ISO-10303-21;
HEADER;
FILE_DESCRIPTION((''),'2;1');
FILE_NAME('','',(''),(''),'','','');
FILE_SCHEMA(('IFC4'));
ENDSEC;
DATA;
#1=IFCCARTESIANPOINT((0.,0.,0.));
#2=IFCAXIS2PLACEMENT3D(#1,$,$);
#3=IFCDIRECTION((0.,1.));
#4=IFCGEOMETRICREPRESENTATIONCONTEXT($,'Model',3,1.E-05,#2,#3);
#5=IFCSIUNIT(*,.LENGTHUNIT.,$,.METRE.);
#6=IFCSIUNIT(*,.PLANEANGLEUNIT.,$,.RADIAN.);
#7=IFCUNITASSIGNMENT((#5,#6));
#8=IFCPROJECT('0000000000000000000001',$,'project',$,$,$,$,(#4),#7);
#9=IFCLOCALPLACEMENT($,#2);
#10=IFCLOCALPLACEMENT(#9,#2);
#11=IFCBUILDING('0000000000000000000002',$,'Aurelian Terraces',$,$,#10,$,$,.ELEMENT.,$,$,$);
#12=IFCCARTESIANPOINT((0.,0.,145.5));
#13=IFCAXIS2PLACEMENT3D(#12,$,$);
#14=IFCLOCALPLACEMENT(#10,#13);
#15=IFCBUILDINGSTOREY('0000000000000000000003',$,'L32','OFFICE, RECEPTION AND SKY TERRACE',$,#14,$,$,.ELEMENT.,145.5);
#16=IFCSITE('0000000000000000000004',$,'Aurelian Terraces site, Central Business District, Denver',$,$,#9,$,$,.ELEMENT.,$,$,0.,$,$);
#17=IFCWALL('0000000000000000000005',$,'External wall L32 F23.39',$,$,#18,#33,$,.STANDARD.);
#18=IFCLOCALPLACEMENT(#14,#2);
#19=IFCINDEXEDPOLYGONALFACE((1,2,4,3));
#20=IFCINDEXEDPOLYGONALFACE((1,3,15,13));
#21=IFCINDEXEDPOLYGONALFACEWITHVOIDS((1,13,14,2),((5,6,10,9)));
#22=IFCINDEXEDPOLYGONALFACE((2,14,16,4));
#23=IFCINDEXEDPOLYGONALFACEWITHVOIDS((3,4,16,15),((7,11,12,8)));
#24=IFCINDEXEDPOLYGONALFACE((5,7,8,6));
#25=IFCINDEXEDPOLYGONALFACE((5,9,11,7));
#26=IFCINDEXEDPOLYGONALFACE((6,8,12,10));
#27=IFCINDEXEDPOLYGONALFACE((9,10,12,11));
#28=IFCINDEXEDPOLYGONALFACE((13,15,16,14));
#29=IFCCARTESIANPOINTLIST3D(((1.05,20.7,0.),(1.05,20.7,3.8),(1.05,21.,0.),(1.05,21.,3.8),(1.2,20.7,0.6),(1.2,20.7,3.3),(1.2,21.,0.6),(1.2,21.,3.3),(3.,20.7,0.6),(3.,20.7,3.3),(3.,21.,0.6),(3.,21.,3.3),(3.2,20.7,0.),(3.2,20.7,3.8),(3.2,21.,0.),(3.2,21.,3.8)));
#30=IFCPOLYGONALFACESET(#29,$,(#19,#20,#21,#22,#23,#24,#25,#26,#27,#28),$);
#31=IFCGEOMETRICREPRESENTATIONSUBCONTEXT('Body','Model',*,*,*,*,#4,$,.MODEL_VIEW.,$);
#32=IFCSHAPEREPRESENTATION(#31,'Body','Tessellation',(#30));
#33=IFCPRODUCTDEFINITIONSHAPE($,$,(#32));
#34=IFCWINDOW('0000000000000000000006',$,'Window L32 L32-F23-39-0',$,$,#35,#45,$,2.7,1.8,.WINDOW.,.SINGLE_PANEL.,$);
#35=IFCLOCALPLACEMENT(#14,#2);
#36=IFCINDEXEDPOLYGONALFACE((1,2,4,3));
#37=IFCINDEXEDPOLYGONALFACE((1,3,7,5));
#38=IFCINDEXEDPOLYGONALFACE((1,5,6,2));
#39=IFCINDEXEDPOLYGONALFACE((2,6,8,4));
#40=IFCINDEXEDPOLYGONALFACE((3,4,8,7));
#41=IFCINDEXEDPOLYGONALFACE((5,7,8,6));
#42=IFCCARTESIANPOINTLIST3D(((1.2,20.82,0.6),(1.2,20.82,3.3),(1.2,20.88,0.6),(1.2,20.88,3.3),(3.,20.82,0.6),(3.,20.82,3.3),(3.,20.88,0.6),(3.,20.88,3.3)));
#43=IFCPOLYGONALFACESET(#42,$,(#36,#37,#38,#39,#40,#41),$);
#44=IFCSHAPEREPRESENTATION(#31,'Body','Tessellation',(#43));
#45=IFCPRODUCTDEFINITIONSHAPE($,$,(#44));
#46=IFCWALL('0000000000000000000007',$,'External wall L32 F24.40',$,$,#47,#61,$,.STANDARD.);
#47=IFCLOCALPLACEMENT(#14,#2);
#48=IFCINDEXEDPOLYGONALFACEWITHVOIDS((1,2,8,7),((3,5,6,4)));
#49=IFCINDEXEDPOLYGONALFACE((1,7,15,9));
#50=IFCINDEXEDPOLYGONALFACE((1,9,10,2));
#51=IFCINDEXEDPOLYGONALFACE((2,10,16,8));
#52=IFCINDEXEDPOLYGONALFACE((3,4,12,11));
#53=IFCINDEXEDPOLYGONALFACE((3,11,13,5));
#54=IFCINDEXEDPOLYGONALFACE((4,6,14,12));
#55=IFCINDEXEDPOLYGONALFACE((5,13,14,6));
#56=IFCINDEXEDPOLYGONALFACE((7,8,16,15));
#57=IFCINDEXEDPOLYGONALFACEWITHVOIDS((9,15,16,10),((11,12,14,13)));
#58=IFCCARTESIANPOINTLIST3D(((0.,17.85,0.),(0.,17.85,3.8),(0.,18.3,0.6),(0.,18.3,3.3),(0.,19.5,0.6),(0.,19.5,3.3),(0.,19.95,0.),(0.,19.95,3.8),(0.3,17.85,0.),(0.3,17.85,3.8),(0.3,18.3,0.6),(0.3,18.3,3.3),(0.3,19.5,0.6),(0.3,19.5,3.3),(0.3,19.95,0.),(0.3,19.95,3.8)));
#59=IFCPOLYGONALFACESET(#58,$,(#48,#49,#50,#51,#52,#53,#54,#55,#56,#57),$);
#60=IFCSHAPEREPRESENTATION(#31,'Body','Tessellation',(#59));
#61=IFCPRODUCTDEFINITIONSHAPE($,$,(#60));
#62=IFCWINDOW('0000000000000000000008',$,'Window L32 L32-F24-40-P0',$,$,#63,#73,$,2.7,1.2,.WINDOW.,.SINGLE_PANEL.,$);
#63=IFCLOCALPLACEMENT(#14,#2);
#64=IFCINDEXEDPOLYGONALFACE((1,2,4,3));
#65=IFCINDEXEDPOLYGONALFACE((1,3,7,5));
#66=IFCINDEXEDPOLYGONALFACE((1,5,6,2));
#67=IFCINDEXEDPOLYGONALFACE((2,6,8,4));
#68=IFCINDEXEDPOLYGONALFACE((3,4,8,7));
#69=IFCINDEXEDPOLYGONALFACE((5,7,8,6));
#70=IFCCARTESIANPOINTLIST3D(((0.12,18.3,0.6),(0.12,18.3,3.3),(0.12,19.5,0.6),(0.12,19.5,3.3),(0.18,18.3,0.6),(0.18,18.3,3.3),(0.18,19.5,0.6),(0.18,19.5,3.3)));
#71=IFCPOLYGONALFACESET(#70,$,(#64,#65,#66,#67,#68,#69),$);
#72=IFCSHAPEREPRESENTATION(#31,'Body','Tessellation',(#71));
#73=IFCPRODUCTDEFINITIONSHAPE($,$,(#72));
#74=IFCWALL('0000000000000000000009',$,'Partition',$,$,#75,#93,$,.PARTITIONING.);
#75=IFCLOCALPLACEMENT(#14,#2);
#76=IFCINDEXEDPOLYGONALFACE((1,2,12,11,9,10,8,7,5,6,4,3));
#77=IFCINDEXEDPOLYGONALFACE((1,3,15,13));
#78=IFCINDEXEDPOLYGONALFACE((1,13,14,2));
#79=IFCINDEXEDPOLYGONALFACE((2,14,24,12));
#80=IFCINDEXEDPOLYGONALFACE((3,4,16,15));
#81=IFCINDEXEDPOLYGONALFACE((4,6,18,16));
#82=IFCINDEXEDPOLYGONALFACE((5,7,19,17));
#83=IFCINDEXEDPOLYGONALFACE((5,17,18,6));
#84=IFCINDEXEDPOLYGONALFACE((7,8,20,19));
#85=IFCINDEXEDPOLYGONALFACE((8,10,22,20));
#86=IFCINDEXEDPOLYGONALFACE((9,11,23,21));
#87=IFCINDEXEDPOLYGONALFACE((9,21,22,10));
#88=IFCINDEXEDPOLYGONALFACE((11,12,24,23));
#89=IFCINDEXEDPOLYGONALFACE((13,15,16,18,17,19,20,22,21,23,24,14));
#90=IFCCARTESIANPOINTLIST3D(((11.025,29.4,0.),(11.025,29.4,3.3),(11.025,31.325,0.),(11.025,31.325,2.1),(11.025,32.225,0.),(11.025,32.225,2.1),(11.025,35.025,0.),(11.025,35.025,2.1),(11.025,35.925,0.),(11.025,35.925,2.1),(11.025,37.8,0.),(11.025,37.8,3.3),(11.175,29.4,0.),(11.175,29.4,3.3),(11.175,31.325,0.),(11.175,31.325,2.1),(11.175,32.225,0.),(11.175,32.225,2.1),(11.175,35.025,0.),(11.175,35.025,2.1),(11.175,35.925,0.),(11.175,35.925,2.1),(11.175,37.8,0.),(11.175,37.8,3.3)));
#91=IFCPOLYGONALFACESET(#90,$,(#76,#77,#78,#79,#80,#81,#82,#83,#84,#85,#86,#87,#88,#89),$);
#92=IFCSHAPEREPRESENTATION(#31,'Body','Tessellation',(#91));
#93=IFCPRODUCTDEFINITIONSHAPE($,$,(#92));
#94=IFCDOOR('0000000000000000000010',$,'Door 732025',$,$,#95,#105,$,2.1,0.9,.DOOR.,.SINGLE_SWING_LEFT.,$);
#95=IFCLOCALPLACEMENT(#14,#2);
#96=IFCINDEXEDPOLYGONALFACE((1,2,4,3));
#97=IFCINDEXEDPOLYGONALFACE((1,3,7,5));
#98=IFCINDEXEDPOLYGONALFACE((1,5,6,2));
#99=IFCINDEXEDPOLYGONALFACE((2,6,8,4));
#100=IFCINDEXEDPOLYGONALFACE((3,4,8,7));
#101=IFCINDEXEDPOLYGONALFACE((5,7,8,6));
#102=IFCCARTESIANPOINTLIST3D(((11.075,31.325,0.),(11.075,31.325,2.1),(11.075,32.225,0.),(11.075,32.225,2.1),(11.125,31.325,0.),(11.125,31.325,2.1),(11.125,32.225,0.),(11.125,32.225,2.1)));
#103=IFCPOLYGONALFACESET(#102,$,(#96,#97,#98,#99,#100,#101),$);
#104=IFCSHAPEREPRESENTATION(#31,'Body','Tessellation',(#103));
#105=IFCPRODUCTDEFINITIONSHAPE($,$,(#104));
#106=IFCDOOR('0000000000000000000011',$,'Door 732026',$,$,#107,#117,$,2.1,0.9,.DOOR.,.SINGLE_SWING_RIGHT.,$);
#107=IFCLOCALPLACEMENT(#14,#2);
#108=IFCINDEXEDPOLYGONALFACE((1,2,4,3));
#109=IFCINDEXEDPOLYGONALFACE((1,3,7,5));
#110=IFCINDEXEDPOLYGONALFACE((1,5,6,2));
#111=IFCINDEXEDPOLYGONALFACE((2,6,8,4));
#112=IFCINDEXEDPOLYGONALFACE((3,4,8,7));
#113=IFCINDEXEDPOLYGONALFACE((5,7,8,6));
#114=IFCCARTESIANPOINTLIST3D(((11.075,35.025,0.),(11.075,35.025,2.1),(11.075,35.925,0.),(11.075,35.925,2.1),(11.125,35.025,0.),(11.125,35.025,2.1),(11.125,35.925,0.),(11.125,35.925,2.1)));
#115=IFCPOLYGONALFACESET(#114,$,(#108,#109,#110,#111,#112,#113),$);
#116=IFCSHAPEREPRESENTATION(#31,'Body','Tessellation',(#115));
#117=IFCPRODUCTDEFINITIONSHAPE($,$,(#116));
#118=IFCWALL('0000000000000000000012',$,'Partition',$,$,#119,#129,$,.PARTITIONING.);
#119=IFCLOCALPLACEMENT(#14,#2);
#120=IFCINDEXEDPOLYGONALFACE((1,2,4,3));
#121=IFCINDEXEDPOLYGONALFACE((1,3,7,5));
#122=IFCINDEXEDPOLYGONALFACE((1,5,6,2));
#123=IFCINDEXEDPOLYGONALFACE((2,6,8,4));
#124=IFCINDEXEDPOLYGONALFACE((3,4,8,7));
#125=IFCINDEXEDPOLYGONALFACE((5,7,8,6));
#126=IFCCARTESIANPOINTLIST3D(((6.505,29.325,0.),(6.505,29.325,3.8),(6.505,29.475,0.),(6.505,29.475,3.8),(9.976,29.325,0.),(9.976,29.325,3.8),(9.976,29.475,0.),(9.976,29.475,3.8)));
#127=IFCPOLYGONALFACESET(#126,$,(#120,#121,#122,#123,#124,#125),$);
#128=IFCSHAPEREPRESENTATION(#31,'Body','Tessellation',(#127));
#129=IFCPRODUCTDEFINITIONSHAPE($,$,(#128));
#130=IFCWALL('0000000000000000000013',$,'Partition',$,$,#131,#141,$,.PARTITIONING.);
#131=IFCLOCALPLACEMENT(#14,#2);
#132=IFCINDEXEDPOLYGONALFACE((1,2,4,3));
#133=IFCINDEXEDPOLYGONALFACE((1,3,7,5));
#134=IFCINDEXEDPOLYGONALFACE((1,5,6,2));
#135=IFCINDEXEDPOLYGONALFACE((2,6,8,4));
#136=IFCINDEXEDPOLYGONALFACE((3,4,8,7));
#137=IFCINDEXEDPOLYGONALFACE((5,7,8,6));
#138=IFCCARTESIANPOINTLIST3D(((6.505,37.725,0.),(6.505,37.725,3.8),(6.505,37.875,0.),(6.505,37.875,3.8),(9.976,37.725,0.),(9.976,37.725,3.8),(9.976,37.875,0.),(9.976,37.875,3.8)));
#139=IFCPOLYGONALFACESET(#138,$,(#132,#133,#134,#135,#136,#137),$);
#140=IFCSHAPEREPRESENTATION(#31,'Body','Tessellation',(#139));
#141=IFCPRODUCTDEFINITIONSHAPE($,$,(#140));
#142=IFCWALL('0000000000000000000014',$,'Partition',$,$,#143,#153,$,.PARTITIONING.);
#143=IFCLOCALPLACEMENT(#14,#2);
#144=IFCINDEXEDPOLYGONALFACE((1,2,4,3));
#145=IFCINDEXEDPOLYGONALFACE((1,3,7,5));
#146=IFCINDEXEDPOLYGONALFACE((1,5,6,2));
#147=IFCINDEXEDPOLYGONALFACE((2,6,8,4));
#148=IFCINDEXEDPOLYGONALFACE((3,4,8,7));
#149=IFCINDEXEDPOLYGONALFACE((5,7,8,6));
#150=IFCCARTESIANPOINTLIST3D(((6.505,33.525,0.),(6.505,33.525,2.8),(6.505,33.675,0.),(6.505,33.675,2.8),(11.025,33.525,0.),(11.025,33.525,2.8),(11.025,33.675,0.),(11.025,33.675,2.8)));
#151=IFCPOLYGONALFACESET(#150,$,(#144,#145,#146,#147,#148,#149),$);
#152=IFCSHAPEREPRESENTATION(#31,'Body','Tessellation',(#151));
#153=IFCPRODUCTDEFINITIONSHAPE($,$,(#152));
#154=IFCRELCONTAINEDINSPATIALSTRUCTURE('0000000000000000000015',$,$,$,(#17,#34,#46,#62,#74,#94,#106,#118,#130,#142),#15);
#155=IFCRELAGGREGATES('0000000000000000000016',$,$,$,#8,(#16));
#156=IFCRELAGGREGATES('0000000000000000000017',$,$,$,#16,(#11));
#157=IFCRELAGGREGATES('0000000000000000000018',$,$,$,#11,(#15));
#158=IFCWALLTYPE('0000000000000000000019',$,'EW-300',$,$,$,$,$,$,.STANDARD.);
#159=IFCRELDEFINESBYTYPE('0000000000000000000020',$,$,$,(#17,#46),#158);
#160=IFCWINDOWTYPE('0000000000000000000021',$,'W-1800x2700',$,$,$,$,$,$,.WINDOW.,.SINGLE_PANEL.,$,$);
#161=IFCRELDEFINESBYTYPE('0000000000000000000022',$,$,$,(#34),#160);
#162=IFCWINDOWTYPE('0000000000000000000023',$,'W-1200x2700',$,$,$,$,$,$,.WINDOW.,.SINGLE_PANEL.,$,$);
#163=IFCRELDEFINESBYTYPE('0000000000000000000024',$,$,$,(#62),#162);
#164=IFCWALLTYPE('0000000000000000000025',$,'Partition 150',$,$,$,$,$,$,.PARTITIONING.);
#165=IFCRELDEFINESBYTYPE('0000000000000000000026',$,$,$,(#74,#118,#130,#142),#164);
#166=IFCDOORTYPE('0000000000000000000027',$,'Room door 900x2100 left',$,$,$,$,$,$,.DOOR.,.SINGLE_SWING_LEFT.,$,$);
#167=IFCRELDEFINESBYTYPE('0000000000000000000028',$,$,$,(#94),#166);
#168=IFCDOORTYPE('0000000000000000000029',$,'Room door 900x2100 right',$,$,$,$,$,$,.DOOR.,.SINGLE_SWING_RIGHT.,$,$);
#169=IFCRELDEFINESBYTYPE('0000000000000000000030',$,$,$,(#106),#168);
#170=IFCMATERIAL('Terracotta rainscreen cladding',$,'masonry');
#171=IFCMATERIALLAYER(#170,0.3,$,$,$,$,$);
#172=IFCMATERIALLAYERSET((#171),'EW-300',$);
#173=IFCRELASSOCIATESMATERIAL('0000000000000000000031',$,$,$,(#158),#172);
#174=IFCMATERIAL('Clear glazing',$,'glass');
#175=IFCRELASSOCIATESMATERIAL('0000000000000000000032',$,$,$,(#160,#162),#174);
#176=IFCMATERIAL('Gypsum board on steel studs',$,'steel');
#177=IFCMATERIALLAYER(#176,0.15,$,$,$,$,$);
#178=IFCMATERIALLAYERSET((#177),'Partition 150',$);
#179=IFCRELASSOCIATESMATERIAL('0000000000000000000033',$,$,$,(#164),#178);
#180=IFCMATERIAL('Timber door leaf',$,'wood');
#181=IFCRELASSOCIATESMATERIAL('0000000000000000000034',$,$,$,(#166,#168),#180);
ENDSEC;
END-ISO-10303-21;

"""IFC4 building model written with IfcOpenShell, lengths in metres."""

from ifc_helpers import new_model, si_unit, direction, frame, frame_2d, origin, place, context, subcontext, project, spatial, rectangle, extrude, source, transform, mapped, material, layer, layer_set, type_object, element, fill, save


model = new_model("IFC4")

# Units and contexts
model_context = context("Model", 3, precision=1e-05, world=origin(), true_north=direction((0.0, 1.0)))
body_context = subcontext(model_context, "Body", "Model", "MODEL_VIEW")
ifc_project = project(units=[si_unit("LENGTHUNIT", "METRE"), si_unit("PLANEANGLEUNIT", "RADIAN")], contexts=[model_context])

# Site, building, storey
site_placement = place(None, origin())
site = spatial("IfcSite", under=ifc_project, at=site_placement, Name="Aurelian Terraces site, Central Business District, Denver", CompositionType="ELEMENT", RefElevation=0.0)
building_placement = place(site_placement, origin())
building = spatial("IfcBuilding", under=site, at=building_placement, Name="Aurelian Terraces", CompositionType="ELEMENT")
storey_placement = place(building_placement, frame((0.0, 0.0, 145.5)))
storey = spatial("IfcBuildingStorey", under=building, at=storey_placement, Name="L32", Description="OFFICE, RECEPTION AND SKY TERRACE", CompositionType="ELEMENT", Elevation=145.5)

# Walls, openings, windows
ifc_material_1 = material(Name="Terracotta rainscreen cladding", Category="masonry")
ifc_layer_1 = layer(ifc_material_1, 0.3)
ifc_layer_set_1 = layer_set([ifc_layer_1], Name="EW-300")
wall_type_1 = type_object("IfcWallType", Name="EW-300", PredefinedType="STANDARD", material=ifc_layer_set_1)
shared_shape_1 = source(origin(), body_context, "Body", "SweptSolid", [
    extrude(rectangle(XDim=2.15, YDim=0.3, at=frame_2d((1.075, 0.0))), origin(), (0.0, 0.0, 1.0), 3.8),
])
wall_1_placement = place(storey_placement, frame((3.2, 20.85, 0.0), z_axis=(0.0, 0.0, 1.0), x_axis=(-1.0, 0.0, 0.0)))
wall_1 = element("IfcWall", 1, at=wall_1_placement, inside=storey, type_object=wall_type_1, Name="External wall L32 F23.39", PredefinedType="STANDARD", context=body_context, shape_type="MappedRepresentation", body=[
    mapped(shared_shape_1, transform((0.0, 0.0, 0.0), scale=1.0)),
])
shared_shape_2 = source(origin(), body_context, "Body", "SweptSolid", [
    extrude(rectangle(XDim=1.8, YDim=2.7, at=frame_2d((0.9, 1.35))), frame((0.0, 0.16, 0.0), z_axis=(0.0, -1.0, 0.0), x_axis=(1.0, 0.0, 0.0)), (0.0, 0.0, 1.0), 0.32),
])
opening_1_placement = place(wall_1_placement, frame((0.2, 0.0, 0.6)))
opening_1 = element("IfcOpeningElement", 2, at=opening_1_placement, cuts=wall_1, PredefinedType="OPENING", context=body_context, shape_type="MappedRepresentation", body=[
    mapped(shared_shape_2, transform((0.0, 0.0, 0.0), scale=1.0)),
])
ifc_material_2 = material(Name="Clear glazing", Category="glass")
window_type_1 = type_object("IfcWindowType", Name="W-1800x2700", PartitioningType="SINGLE_PANEL", PredefinedType="WINDOW", material=ifc_material_2)
shared_shape_3 = source(origin(), body_context, "Body", "SweptSolid", [
    extrude(rectangle(XDim=1.8, YDim=2.7, at=frame_2d((0.9, 1.35))), frame((0.0, 0.03, 0.0), z_axis=(0.0, -1.0, 0.0), x_axis=(1.0, 0.0, 0.0)), (0.0, 0.0, 1.0), 0.06),
])
window_1_placement = place(opening_1_placement, origin())
window_1 = element("IfcWindow", 3, at=window_1_placement, inside=storey, type_object=window_type_1, Name="Window L32 L32-F23-39-0", OverallHeight=2.7, OverallWidth=1.8, PartitioningType="SINGLE_PANEL", PredefinedType="WINDOW", context=body_context, shape_type="MappedRepresentation", body=[
    mapped(shared_shape_3, transform((0.0, 0.0, 0.0), scale=1.0)),
])
fill(opening_1, window_1)
shared_shape_4 = source(origin(), body_context, "Body", "SweptSolid", [
    extrude(rectangle(XDim=2.1, YDim=0.3, at=frame_2d((1.05, 0.0))), origin(), (0.0, 0.0, 1.0), 3.8),
])
wall_2_placement = place(storey_placement, frame((0.15, 19.95, 0.0), z_axis=(0.0, 0.0, 1.0), x_axis=(0.0, -1.0, 0.0)))
wall_2 = element("IfcWall", 4, at=wall_2_placement, inside=storey, type_object=wall_type_1, Name="External wall L32 F24.40", PredefinedType="STANDARD", context=body_context, shape_type="MappedRepresentation", body=[
    mapped(shared_shape_4, transform((0.0, 0.0, 0.0), scale=1.0)),
])
shared_shape_5 = source(origin(), body_context, "Body", "SweptSolid", [
    extrude(rectangle(XDim=1.2, YDim=2.7, at=frame_2d((0.6, 1.35))), frame((0.0, 0.16, 0.0), z_axis=(0.0, -1.0, 0.0), x_axis=(1.0, 0.0, 0.0)), (0.0, 0.0, 1.0), 0.32),
])
opening_2_placement = place(wall_2_placement, frame((0.45, 0.0, 0.6)))
opening_2 = element("IfcOpeningElement", 5, at=opening_2_placement, cuts=wall_2, PredefinedType="OPENING", context=body_context, shape_type="MappedRepresentation", body=[
    mapped(shared_shape_5, transform((0.0, 0.0, 0.0), scale=1.0)),
])
window_type_2 = type_object("IfcWindowType", Name="W-1200x2700", PartitioningType="SINGLE_PANEL", PredefinedType="WINDOW", material=ifc_material_2)
shared_shape_6 = source(origin(), body_context, "Body", "SweptSolid", [
    extrude(rectangle(XDim=1.2, YDim=2.7, at=frame_2d((0.6, 1.35))), frame((0.0, 0.03, 0.0), z_axis=(0.0, -1.0, 0.0), x_axis=(1.0, 0.0, 0.0)), (0.0, 0.0, 1.0), 0.06),
])
window_2_placement = place(opening_2_placement, origin())
window_2 = element("IfcWindow", 6, at=window_2_placement, inside=storey, type_object=window_type_2, Name="Window L32 L32-F24-40-P0", OverallHeight=2.7, OverallWidth=1.2, PartitioningType="SINGLE_PANEL", PredefinedType="WINDOW", context=body_context, shape_type="MappedRepresentation", body=[
    mapped(shared_shape_6, transform((0.0, 0.0, 0.0), scale=1.0)),
])
fill(opening_2, window_2)

# Wall, openings, doors
ifc_material_3 = material(Name="Gypsum board on steel studs", Category="steel")
ifc_layer_2 = layer(ifc_material_3, 0.15)
ifc_layer_set_2 = layer_set([ifc_layer_2], Name="Partition 150")
wall_type_2 = type_object("IfcWallType", Name="Partition 150", PredefinedType="PARTITIONING", material=ifc_layer_set_2)
shared_shape_7 = source(origin(), body_context, "Body", "SweptSolid", [
    extrude(rectangle(XDim=8.4, YDim=0.15, at=frame_2d((4.2, 0.0))), origin(), (0.0, 0.0, 1.0), 3.3),
])
wall_3_placement = place(storey_placement, frame((11.1, 29.4, 0.0), z_axis=(0.0, 0.0, 1.0), x_axis=(0.0, 1.0, 0.0)))
wall_3 = element("IfcWall", 7, at=wall_3_placement, inside=storey, type_object=wall_type_2, Name="Partition", PredefinedType="PARTITIONING", context=body_context, shape_type="MappedRepresentation", body=[
    mapped(shared_shape_7, transform((0.0, 0.0, 0.0), scale=1.0)),
])
shared_shape_8 = source(origin(), body_context, "Body", "SweptSolid", [
    extrude(rectangle(XDim=0.9, YDim=2.1, at=frame_2d((0.45, 1.05))), frame((0.0, 0.085, 0.0), z_axis=(0.0, -1.0, 0.0), x_axis=(1.0, 0.0, 0.0)), (0.0, 0.0, 1.0), 0.17),
])
opening_3_placement = place(wall_3_placement, frame((1.925, 0.0, 0.0)))
opening_3 = element("IfcOpeningElement", 8, at=opening_3_placement, cuts=wall_3, PredefinedType="OPENING", context=body_context, shape_type="MappedRepresentation", body=[
    mapped(shared_shape_8, transform((0.0, 0.0, 0.0), scale=1.0)),
])
opening_4_placement = place(wall_3_placement, frame((5.625, 0.0, 0.0)))
opening_4 = element("IfcOpeningElement", 9, at=opening_4_placement, cuts=wall_3, PredefinedType="OPENING", context=body_context, shape_type="MappedRepresentation", body=[
    mapped(shared_shape_8, transform((0.0, 0.0, 0.0), scale=1.0)),
])
ifc_material_4 = material(Name="Timber door leaf", Category="wood")
door_type_1 = type_object("IfcDoorType", Name="Room door 900x2100 left", OperationType="SINGLE_SWING_LEFT", PredefinedType="DOOR", material=ifc_material_4)
shared_shape_9 = source(origin(), body_context, "Body", "SweptSolid", [
    extrude(rectangle(XDim=0.9, YDim=2.1, at=frame_2d((0.45, 1.05))), frame((0.0, 0.025, 0.0), z_axis=(0.0, -1.0, 0.0), x_axis=(1.0, 0.0, 0.0)), (0.0, 0.0, 1.0), 0.05),
])
door_1_placement = place(opening_3_placement, origin())
door_1 = element("IfcDoor", 10, at=door_1_placement, inside=storey, type_object=door_type_1, Name="Door 732025", OperationType="SINGLE_SWING_LEFT", OverallHeight=2.1, OverallWidth=0.9, PredefinedType="DOOR", context=body_context, shape_type="MappedRepresentation", body=[
    mapped(shared_shape_9, transform((0.0, 0.0, 0.0), scale=1.0)),
])
fill(opening_3, door_1)
door_type_2 = type_object("IfcDoorType", Name="Room door 900x2100 right", OperationType="SINGLE_SWING_RIGHT", PredefinedType="DOOR", material=ifc_material_4)
door_2_placement = place(opening_4_placement, origin())
door_2 = element("IfcDoor", 11, at=door_2_placement, inside=storey, type_object=door_type_2, Name="Door 732026", OperationType="SINGLE_SWING_RIGHT", OverallHeight=2.1, OverallWidth=0.9, PredefinedType="DOOR", context=body_context, shape_type="MappedRepresentation", body=[
    mapped(shared_shape_9, transform((0.0, 0.0, 0.0), scale=1.0)),
])
fill(opening_4, door_2)

# Walls
shared_shape_10 = source(origin(), body_context, "Body", "SweptSolid", [
    extrude(rectangle(XDim=3.471, YDim=0.15, at=frame_2d((1.7355, 0.0))), origin(), (0.0, 0.0, 1.0), 3.8),
])
for number, where, z_axis, x_axis, name in (
    (12, (9.976, 29.4, 0.0), (0.0, 0.0, 1.0), (-1.0, 0.0, 0.0), "Partition"),
    (13, (9.976, 37.8, 0.0), (0.0, 0.0, 1.0), (-1.0, 0.0, 0.0), "Partition"),
):
    element("IfcWall", number, at=place(storey_placement, frame(where, z_axis=z_axis, x_axis=x_axis)), inside=storey, type_object=wall_type_2, Name=name, PredefinedType="PARTITIONING", context=body_context, shape_type="MappedRepresentation", body=[
        mapped(shared_shape_10, transform((0.0, 0.0, 0.0), scale=1.0)),
    ])
shared_shape_11 = source(origin(), body_context, "Body", "SweptSolid", [
    extrude(rectangle(XDim=4.52, YDim=0.15, at=frame_2d((2.26, 0.0))), origin(), (0.0, 0.0, 1.0), 2.8),
])
wall_4_placement = place(storey_placement, frame((11.025, 33.6, 0.0), z_axis=(0.0, 0.0, 1.0), x_axis=(-1.0, 0.0, 0.0)))
element("IfcWall", 14, at=wall_4_placement, inside=storey, type_object=wall_type_2, Name="Partition", PredefinedType="PARTITIONING", context=body_context, shape_type="MappedRepresentation", body=[
    mapped(shared_shape_11, transform((0.0, 0.0, 0.0), scale=1.0)),
])

save(model, "model.ifc")
